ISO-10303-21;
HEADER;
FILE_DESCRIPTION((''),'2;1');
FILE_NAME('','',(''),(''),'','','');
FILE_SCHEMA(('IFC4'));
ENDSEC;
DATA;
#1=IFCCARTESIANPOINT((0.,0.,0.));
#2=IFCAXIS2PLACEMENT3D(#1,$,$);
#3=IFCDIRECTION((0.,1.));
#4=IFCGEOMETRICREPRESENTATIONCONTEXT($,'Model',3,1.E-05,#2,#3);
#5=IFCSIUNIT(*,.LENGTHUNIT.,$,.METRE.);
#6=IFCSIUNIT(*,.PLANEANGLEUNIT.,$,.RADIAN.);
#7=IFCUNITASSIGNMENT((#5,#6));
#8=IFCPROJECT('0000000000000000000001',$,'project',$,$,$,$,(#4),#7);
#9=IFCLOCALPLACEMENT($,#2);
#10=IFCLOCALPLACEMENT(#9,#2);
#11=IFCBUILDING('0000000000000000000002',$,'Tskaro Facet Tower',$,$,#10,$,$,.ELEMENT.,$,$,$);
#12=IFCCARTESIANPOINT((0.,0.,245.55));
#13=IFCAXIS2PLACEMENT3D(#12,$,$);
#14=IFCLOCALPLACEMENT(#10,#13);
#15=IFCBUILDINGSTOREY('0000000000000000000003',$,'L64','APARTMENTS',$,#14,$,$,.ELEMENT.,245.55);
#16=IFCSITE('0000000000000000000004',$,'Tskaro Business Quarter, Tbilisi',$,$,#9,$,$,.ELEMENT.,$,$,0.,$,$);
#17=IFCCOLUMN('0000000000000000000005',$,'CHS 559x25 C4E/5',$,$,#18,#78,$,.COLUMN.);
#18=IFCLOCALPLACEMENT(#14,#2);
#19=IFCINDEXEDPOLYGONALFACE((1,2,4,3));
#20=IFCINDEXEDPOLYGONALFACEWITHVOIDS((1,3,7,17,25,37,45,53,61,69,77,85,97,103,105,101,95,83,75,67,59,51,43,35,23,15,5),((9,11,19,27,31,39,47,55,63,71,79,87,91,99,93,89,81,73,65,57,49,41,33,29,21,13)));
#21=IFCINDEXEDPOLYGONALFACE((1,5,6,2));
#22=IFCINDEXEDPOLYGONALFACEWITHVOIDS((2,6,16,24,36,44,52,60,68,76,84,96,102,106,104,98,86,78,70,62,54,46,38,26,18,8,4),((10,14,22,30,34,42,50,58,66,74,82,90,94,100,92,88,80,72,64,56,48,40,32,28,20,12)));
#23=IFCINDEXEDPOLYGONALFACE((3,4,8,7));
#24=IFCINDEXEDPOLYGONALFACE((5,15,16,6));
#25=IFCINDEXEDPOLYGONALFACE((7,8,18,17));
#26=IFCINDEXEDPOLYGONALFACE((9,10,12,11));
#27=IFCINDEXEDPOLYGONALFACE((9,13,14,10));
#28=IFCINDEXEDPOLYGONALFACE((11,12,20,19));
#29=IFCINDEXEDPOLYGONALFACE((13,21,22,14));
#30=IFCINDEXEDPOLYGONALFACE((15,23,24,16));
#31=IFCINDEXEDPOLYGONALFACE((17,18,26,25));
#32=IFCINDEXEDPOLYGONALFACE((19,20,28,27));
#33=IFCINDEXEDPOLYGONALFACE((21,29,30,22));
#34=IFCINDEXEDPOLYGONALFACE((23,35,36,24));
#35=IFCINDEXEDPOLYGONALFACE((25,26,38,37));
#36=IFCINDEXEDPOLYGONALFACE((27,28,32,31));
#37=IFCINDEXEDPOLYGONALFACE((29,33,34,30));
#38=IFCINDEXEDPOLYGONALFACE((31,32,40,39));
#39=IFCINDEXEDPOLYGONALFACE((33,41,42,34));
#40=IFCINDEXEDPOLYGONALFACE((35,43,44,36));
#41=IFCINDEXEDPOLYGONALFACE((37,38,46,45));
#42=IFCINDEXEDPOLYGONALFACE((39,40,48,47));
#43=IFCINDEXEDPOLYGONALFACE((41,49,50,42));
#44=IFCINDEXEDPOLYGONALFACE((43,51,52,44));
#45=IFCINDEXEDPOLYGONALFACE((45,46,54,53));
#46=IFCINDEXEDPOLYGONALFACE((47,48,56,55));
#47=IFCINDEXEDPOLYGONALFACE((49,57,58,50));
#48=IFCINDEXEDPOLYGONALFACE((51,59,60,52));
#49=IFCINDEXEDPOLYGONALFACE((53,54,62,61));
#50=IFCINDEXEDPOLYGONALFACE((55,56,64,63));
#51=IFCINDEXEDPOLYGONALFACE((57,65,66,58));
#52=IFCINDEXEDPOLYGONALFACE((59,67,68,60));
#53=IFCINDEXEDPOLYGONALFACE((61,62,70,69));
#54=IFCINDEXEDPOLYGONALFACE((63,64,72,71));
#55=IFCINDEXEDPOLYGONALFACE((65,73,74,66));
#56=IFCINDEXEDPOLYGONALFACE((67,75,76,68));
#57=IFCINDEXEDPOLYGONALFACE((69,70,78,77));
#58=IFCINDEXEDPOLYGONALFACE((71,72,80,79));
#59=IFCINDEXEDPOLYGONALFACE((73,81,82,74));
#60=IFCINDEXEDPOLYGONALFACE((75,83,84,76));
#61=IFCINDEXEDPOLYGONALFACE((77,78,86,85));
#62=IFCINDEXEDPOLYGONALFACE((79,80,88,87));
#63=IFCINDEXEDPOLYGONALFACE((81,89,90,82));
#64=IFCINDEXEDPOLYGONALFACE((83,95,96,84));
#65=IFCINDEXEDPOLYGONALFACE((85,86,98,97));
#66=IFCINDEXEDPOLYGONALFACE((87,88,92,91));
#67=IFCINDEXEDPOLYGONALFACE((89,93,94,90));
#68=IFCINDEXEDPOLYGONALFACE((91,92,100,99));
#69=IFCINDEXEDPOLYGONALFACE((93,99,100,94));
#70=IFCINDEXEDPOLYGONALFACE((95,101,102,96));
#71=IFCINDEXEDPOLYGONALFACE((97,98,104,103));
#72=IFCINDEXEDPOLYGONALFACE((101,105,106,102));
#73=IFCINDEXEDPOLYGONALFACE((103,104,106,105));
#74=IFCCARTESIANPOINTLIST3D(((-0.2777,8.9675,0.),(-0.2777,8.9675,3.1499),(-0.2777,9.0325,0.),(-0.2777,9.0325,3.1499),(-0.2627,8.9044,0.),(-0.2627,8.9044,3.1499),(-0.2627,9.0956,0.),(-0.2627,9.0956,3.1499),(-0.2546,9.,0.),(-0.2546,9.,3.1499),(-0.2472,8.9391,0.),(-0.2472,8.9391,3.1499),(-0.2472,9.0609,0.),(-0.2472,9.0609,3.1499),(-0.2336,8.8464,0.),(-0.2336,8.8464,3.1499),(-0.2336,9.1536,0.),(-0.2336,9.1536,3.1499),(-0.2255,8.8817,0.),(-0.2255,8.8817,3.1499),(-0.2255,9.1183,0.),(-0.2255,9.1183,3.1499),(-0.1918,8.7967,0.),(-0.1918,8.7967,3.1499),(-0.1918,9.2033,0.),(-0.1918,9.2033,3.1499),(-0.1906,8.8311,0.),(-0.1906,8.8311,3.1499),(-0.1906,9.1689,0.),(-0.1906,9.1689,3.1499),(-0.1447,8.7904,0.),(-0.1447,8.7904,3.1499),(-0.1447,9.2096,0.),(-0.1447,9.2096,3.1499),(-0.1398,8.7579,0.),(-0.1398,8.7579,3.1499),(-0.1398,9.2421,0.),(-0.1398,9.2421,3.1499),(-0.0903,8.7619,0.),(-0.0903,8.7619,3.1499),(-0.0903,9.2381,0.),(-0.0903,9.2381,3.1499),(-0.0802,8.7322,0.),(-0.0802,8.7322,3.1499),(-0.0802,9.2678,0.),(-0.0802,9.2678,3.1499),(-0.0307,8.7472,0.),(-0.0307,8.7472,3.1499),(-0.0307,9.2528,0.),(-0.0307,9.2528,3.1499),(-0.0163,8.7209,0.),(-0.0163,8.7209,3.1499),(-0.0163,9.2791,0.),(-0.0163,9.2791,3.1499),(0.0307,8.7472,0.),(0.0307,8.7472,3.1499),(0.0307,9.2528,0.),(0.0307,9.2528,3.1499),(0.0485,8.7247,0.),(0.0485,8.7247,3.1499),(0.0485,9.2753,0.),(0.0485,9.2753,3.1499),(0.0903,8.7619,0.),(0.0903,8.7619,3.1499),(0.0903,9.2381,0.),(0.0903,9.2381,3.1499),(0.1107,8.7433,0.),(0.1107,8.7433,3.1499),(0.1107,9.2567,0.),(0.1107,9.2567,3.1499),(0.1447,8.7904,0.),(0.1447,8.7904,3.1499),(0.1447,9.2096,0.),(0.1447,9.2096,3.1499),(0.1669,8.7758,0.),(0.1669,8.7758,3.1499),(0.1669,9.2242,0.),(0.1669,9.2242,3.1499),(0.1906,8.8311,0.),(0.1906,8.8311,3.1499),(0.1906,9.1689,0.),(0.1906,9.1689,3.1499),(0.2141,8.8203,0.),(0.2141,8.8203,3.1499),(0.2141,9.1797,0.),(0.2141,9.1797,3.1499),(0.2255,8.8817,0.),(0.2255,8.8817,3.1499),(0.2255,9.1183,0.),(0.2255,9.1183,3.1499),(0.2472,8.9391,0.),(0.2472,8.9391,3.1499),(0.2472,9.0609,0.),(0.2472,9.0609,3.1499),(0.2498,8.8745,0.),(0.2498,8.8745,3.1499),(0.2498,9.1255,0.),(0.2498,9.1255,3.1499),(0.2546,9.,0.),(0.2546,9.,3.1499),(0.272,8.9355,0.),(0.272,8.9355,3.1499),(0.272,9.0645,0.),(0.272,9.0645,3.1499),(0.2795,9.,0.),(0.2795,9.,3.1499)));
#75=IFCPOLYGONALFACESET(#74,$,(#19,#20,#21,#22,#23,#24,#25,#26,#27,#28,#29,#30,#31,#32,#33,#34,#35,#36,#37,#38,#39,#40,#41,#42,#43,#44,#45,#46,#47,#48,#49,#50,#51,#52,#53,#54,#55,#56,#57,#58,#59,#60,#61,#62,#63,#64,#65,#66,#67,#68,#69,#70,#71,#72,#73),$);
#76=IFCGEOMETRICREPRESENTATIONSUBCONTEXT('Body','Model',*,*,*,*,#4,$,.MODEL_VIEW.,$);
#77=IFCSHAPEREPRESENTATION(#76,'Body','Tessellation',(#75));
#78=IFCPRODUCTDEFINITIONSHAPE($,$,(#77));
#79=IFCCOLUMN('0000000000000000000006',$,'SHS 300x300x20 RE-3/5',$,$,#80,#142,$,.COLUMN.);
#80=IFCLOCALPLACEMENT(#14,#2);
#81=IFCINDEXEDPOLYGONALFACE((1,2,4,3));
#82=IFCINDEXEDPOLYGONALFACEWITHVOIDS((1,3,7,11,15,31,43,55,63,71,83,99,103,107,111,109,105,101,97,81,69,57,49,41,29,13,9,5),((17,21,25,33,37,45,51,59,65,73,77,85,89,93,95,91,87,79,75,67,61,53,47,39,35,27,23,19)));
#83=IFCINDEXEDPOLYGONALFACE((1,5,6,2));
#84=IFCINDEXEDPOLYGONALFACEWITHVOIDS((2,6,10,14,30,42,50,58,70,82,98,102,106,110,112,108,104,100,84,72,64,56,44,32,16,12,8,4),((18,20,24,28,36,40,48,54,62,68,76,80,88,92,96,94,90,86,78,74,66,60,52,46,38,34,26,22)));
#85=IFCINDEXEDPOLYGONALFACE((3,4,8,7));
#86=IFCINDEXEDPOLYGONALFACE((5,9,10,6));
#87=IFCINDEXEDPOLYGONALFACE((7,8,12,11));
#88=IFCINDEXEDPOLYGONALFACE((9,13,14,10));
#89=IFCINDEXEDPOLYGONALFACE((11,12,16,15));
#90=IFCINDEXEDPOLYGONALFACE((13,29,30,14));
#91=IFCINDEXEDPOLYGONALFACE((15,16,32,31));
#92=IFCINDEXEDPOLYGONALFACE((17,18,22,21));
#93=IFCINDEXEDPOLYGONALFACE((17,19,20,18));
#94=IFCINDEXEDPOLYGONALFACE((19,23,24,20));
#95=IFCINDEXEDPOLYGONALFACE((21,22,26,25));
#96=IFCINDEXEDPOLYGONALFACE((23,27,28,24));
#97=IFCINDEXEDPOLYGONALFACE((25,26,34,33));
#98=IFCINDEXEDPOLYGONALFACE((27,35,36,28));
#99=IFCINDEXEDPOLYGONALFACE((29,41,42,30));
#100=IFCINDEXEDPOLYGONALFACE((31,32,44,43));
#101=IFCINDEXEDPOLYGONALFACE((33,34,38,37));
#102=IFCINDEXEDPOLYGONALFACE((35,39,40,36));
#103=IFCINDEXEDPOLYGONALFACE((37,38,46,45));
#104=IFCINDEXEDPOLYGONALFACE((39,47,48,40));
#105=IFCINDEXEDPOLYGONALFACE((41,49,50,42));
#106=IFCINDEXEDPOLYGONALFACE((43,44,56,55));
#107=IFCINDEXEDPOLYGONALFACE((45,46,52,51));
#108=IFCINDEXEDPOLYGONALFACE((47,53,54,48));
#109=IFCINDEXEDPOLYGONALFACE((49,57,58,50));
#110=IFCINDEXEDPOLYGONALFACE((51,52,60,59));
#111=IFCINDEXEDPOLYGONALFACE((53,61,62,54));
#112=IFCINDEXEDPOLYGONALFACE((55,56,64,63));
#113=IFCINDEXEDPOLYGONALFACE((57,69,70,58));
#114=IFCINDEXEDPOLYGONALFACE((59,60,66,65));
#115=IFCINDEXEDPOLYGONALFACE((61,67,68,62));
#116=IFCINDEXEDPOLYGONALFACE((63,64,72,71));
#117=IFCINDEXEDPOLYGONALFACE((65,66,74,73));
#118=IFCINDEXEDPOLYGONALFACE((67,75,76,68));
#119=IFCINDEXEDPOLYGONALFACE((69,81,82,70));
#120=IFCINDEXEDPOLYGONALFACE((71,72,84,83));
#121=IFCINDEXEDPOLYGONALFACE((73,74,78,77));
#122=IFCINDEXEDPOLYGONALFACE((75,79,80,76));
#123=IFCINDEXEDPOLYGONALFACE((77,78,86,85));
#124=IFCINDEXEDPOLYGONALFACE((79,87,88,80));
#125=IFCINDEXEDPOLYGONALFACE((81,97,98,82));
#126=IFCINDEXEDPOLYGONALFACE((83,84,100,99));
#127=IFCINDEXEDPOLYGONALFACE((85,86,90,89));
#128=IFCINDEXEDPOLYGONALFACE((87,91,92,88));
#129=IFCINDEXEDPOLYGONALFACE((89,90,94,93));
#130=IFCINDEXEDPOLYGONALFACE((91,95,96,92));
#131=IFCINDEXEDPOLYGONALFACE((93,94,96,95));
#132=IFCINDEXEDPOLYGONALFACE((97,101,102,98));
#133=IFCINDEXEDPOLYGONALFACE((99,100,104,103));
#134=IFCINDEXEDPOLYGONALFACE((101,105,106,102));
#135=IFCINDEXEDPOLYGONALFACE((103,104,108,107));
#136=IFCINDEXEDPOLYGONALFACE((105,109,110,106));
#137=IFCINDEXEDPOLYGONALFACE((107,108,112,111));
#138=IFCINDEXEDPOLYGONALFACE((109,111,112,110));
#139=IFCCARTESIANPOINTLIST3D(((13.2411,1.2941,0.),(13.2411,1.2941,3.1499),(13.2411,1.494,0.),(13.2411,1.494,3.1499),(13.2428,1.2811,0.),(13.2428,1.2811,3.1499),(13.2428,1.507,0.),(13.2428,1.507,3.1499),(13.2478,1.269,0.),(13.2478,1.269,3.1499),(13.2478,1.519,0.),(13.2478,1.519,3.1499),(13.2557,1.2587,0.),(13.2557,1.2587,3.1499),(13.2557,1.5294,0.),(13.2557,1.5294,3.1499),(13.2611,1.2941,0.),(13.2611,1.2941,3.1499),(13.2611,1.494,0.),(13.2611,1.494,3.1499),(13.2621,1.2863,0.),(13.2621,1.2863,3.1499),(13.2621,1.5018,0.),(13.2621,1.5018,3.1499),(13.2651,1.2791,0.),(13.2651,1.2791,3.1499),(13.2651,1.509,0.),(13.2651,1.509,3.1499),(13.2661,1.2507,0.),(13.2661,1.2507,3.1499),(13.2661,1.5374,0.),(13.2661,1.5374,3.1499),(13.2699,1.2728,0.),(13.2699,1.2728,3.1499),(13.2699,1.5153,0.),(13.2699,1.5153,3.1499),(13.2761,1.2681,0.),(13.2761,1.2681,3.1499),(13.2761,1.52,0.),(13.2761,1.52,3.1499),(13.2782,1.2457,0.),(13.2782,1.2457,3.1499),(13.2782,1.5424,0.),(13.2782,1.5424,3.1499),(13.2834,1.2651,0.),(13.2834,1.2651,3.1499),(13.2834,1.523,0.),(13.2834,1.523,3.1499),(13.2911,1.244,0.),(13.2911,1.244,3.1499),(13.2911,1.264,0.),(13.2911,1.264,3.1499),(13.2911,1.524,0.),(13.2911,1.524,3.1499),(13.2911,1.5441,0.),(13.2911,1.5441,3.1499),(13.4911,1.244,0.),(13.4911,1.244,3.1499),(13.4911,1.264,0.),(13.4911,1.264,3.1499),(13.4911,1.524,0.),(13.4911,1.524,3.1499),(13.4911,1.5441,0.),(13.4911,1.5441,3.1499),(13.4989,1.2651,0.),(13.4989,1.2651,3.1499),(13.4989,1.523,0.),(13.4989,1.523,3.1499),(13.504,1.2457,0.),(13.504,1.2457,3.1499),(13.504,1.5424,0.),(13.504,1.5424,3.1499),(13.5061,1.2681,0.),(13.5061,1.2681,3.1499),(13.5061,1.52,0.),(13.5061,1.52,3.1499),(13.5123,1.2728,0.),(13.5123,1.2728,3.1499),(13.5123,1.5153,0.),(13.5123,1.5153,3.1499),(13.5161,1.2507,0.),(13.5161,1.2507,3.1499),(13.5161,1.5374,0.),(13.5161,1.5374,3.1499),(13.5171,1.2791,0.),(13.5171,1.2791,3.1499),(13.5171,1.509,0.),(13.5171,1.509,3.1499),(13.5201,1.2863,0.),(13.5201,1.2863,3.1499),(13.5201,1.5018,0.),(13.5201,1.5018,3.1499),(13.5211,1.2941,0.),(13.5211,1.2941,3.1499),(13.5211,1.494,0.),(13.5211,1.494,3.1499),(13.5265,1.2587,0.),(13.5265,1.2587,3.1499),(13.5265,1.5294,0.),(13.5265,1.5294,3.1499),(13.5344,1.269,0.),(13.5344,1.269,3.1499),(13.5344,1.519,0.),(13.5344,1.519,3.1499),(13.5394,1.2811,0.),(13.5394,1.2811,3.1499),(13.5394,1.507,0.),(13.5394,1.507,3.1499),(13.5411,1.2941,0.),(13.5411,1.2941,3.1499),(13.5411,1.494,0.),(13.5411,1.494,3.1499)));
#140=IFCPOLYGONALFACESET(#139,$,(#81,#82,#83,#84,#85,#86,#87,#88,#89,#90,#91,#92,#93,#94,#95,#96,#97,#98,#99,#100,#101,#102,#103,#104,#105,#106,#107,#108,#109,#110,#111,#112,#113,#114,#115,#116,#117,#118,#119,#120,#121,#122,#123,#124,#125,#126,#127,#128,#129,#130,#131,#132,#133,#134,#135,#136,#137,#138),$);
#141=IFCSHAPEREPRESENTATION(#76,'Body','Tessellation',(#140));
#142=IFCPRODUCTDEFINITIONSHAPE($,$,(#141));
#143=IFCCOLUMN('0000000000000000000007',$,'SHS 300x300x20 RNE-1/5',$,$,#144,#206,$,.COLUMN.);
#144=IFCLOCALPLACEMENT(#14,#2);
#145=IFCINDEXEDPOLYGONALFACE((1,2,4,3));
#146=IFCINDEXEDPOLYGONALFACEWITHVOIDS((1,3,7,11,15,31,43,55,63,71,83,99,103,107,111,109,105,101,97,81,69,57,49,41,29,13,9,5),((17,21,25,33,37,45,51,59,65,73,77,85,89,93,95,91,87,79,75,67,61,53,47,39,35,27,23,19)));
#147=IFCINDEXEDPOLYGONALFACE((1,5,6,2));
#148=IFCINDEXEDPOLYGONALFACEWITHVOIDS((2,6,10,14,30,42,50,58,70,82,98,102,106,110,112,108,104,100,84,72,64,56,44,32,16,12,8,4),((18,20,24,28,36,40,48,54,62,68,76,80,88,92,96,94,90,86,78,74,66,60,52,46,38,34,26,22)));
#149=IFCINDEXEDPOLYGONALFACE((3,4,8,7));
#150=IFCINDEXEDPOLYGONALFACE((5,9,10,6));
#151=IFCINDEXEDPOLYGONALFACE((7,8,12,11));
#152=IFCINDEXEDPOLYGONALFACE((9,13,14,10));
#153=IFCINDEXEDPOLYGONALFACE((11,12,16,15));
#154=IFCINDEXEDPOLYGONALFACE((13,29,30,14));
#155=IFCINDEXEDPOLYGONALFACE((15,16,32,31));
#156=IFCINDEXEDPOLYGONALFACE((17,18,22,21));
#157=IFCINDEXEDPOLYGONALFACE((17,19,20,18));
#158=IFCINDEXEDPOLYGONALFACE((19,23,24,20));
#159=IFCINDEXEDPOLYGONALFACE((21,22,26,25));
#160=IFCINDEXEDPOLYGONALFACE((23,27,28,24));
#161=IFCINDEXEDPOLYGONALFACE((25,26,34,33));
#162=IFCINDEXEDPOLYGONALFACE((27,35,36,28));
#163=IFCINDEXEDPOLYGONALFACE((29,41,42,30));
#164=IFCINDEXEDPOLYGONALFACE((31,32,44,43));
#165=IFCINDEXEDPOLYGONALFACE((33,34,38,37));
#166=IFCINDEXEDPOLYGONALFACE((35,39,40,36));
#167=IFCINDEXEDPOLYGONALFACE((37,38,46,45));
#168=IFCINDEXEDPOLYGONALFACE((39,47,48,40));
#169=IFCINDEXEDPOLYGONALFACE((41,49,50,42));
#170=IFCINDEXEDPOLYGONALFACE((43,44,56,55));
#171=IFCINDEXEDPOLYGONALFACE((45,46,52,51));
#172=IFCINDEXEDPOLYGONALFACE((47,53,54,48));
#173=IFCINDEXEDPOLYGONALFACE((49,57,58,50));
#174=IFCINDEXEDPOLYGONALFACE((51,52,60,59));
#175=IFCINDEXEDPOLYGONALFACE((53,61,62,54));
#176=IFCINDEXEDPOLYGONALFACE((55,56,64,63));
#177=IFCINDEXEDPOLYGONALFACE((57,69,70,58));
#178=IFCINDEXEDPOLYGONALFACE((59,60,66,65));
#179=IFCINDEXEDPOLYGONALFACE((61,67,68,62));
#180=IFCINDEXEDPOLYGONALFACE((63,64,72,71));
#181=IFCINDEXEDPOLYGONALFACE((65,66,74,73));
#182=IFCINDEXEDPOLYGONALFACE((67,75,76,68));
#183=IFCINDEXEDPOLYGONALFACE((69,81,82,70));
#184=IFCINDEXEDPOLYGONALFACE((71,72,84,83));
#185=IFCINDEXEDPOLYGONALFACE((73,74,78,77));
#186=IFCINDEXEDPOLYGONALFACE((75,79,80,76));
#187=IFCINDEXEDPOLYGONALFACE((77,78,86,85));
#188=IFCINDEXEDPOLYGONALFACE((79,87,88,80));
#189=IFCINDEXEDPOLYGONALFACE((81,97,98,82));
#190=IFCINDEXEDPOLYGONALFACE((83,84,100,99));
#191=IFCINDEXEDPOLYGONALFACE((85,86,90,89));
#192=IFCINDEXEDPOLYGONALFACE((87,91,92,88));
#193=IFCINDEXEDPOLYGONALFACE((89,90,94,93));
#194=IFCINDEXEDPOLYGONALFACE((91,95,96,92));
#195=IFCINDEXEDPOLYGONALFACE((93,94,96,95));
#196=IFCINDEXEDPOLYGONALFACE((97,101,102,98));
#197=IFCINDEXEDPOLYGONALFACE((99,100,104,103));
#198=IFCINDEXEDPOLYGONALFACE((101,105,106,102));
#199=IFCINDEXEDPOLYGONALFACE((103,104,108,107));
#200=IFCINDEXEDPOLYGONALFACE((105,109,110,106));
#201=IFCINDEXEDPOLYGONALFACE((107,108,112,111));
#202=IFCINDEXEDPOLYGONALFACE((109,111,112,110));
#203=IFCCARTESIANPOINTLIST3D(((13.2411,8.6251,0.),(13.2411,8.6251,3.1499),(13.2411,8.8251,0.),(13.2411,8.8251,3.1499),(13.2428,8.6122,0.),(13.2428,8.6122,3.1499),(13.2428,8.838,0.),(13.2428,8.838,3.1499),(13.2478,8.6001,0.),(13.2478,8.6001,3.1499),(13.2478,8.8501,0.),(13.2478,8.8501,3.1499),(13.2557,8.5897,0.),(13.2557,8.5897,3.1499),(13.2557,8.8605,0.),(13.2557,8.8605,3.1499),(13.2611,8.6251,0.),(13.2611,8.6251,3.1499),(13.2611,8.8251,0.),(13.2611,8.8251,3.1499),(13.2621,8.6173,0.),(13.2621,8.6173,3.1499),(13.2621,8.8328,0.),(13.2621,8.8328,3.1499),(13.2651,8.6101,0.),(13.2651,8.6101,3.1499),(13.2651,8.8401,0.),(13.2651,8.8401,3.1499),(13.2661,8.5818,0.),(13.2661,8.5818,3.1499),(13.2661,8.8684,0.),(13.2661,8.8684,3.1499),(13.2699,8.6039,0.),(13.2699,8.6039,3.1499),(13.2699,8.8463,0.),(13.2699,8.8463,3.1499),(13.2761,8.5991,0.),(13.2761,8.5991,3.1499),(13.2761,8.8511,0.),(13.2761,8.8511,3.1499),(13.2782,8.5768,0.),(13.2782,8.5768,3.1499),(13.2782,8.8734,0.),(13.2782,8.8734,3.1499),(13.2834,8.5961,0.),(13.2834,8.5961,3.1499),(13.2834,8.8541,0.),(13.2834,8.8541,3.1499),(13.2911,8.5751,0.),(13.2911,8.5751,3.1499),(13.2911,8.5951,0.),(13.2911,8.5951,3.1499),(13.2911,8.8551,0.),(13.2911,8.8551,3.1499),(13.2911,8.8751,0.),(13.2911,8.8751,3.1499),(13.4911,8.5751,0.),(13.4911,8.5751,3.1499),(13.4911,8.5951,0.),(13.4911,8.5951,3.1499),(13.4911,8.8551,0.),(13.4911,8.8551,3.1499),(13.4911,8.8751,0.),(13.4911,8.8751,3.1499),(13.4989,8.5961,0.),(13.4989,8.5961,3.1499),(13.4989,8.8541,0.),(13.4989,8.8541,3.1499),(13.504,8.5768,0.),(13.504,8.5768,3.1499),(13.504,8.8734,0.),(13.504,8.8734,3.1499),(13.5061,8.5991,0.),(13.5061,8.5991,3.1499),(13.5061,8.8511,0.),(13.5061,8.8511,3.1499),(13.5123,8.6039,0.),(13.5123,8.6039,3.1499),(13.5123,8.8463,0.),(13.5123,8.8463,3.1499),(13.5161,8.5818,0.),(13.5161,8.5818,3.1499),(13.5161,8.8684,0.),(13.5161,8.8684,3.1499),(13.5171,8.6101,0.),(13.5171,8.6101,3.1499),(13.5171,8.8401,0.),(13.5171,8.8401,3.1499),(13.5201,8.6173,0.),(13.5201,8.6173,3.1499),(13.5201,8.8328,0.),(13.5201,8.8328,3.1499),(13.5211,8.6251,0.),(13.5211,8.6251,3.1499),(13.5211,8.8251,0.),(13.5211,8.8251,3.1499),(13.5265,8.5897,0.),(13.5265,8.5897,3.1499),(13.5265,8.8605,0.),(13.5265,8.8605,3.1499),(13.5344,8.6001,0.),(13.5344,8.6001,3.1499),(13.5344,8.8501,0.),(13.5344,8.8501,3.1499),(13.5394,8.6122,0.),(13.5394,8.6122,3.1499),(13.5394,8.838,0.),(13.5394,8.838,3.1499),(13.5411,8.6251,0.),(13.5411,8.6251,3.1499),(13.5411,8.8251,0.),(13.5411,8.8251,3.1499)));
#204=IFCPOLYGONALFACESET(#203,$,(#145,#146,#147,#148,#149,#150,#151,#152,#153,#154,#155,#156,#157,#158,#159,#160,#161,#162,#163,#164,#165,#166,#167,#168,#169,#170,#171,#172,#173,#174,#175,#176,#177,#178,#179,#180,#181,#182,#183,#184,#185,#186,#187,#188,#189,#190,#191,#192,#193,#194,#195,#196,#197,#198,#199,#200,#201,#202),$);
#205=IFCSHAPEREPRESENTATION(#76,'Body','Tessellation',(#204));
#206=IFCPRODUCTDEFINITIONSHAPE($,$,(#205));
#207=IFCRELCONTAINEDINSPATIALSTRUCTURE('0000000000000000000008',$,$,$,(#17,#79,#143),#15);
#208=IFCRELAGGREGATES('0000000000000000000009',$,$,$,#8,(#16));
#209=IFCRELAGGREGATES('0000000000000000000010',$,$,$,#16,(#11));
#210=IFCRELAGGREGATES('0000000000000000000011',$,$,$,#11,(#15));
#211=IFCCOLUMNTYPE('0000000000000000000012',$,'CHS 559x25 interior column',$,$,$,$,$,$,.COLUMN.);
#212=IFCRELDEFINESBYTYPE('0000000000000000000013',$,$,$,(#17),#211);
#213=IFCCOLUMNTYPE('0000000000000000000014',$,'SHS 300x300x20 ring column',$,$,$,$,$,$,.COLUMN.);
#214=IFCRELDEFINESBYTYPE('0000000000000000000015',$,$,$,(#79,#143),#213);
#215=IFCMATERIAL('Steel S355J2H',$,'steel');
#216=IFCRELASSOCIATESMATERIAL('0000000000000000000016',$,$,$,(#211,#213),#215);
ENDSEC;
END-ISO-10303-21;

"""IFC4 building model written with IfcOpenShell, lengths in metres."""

from ifc_helpers import new_model, si_unit, direction, frame, origin, origin_2d, place, context, subcontext, project, spatial, hollow_rectangle, hollow_circle, extrude, material, material_profile, profile_set, type_object, element, save


model = new_model("IFC4")

# Units and contexts
model_context = context("Model", 3, precision=1e-05, world=origin(), true_north=direction((0.0, 1.0)))
body_context = subcontext(model_context, "Body", "Model", "MODEL_VIEW")
ifc_project = project(units=[si_unit("LENGTHUNIT", "METRE"), si_unit("PLANEANGLEUNIT", "RADIAN")], contexts=[model_context])

# Site, building, storey
site_placement = place(None, origin())
site = spatial("IfcSite", under=ifc_project, at=site_placement, Name="Tskaro Business Quarter, Tbilisi", CompositionType="ELEMENT", RefElevation=0.0)
building_placement = place(site_placement, origin())
building = spatial("IfcBuilding", under=site, at=building_placement, Name="Tskaro Facet Tower", CompositionType="ELEMENT")
storey_placement = place(building_placement, frame((0.0, 0.0, 245.55)))
storey = spatial("IfcBuildingStorey", under=building, at=storey_placement, Name="L64", Description="APARTMENTS", CompositionType="ELEMENT", Elevation=245.55)

# Columns
ifc_material_1 = material(Name="Steel S355J2H", Category="steel")
ifc_material_profile_1 = material_profile(ifc_material_1, hollow_circle(Radius=0.2795, WallThickness=0.0249, at=origin_2d()), Name="CHS 559x25")
ifc_profile_set_1 = profile_set([ifc_material_profile_1], Name="Steel S355J2H")
column_type_1 = type_object("IfcColumnType", Name="CHS 559x25 interior column", PredefinedType="COLUMN", material=ifc_profile_set_1)
column_placement = place(storey_placement, frame((0.0, 9.0, 0.0), z_axis=(0.0, 0.0, 1.0), x_axis=(1.0, 0.0, 0.0)))
element("IfcColumn", 1, at=column_placement, inside=storey, type_object=column_type_1, Name="CHS 559x25 C4E/5", PredefinedType="COLUMN", context=body_context, shape_type="SweptSolid", body=[
    extrude(hollow_circle(Radius=0.2795, WallThickness=0.0249, at=origin_2d()), origin(), (0.0, 0.0, 1.0), 3.1499),
])
ifc_material_profile_2 = material_profile(ifc_material_1, hollow_rectangle(XDim=0.3, YDim=0.3, WallThickness=0.02, InnerFilletRadius=0.03, OuterFilletRadius=0.05, at=origin_2d()), Name="SHS 300x300x20")
ifc_profile_set_2 = profile_set([ifc_material_profile_2], Name="Steel S355J2H")
column_type_2 = type_object("IfcColumnType", Name="SHS 300x300x20 ring column", PredefinedType="COLUMN", material=ifc_profile_set_2)
for number, where, z_axis, x_axis, name in (
    (2, (13.3911, 1.394, 0.0), (0.0, 0.0, 1.0), (1.0, 0.0, 0.0), "SHS 300x300x20 RE-3/5"),
    (3, (13.3911, 8.7251, 0.0), (0.0, 0.0, 1.0), (1.0, 0.0, 0.0), "SHS 300x300x20 RNE-1/5"),
):
    element("IfcColumn", number, at=place(storey_placement, frame(where, z_axis=z_axis, x_axis=x_axis)), inside=storey, type_object=column_type_2, Name=name, PredefinedType="COLUMN", context=body_context, shape_type="SweptSolid", body=[
        extrude(hollow_rectangle(XDim=0.3, YDim=0.3, WallThickness=0.02, InnerFilletRadius=0.03, OuterFilletRadius=0.05, at=origin_2d()), origin(), (0.0, 0.0, 1.0), 3.1499),
    ])

save(model, "model.ifc")
